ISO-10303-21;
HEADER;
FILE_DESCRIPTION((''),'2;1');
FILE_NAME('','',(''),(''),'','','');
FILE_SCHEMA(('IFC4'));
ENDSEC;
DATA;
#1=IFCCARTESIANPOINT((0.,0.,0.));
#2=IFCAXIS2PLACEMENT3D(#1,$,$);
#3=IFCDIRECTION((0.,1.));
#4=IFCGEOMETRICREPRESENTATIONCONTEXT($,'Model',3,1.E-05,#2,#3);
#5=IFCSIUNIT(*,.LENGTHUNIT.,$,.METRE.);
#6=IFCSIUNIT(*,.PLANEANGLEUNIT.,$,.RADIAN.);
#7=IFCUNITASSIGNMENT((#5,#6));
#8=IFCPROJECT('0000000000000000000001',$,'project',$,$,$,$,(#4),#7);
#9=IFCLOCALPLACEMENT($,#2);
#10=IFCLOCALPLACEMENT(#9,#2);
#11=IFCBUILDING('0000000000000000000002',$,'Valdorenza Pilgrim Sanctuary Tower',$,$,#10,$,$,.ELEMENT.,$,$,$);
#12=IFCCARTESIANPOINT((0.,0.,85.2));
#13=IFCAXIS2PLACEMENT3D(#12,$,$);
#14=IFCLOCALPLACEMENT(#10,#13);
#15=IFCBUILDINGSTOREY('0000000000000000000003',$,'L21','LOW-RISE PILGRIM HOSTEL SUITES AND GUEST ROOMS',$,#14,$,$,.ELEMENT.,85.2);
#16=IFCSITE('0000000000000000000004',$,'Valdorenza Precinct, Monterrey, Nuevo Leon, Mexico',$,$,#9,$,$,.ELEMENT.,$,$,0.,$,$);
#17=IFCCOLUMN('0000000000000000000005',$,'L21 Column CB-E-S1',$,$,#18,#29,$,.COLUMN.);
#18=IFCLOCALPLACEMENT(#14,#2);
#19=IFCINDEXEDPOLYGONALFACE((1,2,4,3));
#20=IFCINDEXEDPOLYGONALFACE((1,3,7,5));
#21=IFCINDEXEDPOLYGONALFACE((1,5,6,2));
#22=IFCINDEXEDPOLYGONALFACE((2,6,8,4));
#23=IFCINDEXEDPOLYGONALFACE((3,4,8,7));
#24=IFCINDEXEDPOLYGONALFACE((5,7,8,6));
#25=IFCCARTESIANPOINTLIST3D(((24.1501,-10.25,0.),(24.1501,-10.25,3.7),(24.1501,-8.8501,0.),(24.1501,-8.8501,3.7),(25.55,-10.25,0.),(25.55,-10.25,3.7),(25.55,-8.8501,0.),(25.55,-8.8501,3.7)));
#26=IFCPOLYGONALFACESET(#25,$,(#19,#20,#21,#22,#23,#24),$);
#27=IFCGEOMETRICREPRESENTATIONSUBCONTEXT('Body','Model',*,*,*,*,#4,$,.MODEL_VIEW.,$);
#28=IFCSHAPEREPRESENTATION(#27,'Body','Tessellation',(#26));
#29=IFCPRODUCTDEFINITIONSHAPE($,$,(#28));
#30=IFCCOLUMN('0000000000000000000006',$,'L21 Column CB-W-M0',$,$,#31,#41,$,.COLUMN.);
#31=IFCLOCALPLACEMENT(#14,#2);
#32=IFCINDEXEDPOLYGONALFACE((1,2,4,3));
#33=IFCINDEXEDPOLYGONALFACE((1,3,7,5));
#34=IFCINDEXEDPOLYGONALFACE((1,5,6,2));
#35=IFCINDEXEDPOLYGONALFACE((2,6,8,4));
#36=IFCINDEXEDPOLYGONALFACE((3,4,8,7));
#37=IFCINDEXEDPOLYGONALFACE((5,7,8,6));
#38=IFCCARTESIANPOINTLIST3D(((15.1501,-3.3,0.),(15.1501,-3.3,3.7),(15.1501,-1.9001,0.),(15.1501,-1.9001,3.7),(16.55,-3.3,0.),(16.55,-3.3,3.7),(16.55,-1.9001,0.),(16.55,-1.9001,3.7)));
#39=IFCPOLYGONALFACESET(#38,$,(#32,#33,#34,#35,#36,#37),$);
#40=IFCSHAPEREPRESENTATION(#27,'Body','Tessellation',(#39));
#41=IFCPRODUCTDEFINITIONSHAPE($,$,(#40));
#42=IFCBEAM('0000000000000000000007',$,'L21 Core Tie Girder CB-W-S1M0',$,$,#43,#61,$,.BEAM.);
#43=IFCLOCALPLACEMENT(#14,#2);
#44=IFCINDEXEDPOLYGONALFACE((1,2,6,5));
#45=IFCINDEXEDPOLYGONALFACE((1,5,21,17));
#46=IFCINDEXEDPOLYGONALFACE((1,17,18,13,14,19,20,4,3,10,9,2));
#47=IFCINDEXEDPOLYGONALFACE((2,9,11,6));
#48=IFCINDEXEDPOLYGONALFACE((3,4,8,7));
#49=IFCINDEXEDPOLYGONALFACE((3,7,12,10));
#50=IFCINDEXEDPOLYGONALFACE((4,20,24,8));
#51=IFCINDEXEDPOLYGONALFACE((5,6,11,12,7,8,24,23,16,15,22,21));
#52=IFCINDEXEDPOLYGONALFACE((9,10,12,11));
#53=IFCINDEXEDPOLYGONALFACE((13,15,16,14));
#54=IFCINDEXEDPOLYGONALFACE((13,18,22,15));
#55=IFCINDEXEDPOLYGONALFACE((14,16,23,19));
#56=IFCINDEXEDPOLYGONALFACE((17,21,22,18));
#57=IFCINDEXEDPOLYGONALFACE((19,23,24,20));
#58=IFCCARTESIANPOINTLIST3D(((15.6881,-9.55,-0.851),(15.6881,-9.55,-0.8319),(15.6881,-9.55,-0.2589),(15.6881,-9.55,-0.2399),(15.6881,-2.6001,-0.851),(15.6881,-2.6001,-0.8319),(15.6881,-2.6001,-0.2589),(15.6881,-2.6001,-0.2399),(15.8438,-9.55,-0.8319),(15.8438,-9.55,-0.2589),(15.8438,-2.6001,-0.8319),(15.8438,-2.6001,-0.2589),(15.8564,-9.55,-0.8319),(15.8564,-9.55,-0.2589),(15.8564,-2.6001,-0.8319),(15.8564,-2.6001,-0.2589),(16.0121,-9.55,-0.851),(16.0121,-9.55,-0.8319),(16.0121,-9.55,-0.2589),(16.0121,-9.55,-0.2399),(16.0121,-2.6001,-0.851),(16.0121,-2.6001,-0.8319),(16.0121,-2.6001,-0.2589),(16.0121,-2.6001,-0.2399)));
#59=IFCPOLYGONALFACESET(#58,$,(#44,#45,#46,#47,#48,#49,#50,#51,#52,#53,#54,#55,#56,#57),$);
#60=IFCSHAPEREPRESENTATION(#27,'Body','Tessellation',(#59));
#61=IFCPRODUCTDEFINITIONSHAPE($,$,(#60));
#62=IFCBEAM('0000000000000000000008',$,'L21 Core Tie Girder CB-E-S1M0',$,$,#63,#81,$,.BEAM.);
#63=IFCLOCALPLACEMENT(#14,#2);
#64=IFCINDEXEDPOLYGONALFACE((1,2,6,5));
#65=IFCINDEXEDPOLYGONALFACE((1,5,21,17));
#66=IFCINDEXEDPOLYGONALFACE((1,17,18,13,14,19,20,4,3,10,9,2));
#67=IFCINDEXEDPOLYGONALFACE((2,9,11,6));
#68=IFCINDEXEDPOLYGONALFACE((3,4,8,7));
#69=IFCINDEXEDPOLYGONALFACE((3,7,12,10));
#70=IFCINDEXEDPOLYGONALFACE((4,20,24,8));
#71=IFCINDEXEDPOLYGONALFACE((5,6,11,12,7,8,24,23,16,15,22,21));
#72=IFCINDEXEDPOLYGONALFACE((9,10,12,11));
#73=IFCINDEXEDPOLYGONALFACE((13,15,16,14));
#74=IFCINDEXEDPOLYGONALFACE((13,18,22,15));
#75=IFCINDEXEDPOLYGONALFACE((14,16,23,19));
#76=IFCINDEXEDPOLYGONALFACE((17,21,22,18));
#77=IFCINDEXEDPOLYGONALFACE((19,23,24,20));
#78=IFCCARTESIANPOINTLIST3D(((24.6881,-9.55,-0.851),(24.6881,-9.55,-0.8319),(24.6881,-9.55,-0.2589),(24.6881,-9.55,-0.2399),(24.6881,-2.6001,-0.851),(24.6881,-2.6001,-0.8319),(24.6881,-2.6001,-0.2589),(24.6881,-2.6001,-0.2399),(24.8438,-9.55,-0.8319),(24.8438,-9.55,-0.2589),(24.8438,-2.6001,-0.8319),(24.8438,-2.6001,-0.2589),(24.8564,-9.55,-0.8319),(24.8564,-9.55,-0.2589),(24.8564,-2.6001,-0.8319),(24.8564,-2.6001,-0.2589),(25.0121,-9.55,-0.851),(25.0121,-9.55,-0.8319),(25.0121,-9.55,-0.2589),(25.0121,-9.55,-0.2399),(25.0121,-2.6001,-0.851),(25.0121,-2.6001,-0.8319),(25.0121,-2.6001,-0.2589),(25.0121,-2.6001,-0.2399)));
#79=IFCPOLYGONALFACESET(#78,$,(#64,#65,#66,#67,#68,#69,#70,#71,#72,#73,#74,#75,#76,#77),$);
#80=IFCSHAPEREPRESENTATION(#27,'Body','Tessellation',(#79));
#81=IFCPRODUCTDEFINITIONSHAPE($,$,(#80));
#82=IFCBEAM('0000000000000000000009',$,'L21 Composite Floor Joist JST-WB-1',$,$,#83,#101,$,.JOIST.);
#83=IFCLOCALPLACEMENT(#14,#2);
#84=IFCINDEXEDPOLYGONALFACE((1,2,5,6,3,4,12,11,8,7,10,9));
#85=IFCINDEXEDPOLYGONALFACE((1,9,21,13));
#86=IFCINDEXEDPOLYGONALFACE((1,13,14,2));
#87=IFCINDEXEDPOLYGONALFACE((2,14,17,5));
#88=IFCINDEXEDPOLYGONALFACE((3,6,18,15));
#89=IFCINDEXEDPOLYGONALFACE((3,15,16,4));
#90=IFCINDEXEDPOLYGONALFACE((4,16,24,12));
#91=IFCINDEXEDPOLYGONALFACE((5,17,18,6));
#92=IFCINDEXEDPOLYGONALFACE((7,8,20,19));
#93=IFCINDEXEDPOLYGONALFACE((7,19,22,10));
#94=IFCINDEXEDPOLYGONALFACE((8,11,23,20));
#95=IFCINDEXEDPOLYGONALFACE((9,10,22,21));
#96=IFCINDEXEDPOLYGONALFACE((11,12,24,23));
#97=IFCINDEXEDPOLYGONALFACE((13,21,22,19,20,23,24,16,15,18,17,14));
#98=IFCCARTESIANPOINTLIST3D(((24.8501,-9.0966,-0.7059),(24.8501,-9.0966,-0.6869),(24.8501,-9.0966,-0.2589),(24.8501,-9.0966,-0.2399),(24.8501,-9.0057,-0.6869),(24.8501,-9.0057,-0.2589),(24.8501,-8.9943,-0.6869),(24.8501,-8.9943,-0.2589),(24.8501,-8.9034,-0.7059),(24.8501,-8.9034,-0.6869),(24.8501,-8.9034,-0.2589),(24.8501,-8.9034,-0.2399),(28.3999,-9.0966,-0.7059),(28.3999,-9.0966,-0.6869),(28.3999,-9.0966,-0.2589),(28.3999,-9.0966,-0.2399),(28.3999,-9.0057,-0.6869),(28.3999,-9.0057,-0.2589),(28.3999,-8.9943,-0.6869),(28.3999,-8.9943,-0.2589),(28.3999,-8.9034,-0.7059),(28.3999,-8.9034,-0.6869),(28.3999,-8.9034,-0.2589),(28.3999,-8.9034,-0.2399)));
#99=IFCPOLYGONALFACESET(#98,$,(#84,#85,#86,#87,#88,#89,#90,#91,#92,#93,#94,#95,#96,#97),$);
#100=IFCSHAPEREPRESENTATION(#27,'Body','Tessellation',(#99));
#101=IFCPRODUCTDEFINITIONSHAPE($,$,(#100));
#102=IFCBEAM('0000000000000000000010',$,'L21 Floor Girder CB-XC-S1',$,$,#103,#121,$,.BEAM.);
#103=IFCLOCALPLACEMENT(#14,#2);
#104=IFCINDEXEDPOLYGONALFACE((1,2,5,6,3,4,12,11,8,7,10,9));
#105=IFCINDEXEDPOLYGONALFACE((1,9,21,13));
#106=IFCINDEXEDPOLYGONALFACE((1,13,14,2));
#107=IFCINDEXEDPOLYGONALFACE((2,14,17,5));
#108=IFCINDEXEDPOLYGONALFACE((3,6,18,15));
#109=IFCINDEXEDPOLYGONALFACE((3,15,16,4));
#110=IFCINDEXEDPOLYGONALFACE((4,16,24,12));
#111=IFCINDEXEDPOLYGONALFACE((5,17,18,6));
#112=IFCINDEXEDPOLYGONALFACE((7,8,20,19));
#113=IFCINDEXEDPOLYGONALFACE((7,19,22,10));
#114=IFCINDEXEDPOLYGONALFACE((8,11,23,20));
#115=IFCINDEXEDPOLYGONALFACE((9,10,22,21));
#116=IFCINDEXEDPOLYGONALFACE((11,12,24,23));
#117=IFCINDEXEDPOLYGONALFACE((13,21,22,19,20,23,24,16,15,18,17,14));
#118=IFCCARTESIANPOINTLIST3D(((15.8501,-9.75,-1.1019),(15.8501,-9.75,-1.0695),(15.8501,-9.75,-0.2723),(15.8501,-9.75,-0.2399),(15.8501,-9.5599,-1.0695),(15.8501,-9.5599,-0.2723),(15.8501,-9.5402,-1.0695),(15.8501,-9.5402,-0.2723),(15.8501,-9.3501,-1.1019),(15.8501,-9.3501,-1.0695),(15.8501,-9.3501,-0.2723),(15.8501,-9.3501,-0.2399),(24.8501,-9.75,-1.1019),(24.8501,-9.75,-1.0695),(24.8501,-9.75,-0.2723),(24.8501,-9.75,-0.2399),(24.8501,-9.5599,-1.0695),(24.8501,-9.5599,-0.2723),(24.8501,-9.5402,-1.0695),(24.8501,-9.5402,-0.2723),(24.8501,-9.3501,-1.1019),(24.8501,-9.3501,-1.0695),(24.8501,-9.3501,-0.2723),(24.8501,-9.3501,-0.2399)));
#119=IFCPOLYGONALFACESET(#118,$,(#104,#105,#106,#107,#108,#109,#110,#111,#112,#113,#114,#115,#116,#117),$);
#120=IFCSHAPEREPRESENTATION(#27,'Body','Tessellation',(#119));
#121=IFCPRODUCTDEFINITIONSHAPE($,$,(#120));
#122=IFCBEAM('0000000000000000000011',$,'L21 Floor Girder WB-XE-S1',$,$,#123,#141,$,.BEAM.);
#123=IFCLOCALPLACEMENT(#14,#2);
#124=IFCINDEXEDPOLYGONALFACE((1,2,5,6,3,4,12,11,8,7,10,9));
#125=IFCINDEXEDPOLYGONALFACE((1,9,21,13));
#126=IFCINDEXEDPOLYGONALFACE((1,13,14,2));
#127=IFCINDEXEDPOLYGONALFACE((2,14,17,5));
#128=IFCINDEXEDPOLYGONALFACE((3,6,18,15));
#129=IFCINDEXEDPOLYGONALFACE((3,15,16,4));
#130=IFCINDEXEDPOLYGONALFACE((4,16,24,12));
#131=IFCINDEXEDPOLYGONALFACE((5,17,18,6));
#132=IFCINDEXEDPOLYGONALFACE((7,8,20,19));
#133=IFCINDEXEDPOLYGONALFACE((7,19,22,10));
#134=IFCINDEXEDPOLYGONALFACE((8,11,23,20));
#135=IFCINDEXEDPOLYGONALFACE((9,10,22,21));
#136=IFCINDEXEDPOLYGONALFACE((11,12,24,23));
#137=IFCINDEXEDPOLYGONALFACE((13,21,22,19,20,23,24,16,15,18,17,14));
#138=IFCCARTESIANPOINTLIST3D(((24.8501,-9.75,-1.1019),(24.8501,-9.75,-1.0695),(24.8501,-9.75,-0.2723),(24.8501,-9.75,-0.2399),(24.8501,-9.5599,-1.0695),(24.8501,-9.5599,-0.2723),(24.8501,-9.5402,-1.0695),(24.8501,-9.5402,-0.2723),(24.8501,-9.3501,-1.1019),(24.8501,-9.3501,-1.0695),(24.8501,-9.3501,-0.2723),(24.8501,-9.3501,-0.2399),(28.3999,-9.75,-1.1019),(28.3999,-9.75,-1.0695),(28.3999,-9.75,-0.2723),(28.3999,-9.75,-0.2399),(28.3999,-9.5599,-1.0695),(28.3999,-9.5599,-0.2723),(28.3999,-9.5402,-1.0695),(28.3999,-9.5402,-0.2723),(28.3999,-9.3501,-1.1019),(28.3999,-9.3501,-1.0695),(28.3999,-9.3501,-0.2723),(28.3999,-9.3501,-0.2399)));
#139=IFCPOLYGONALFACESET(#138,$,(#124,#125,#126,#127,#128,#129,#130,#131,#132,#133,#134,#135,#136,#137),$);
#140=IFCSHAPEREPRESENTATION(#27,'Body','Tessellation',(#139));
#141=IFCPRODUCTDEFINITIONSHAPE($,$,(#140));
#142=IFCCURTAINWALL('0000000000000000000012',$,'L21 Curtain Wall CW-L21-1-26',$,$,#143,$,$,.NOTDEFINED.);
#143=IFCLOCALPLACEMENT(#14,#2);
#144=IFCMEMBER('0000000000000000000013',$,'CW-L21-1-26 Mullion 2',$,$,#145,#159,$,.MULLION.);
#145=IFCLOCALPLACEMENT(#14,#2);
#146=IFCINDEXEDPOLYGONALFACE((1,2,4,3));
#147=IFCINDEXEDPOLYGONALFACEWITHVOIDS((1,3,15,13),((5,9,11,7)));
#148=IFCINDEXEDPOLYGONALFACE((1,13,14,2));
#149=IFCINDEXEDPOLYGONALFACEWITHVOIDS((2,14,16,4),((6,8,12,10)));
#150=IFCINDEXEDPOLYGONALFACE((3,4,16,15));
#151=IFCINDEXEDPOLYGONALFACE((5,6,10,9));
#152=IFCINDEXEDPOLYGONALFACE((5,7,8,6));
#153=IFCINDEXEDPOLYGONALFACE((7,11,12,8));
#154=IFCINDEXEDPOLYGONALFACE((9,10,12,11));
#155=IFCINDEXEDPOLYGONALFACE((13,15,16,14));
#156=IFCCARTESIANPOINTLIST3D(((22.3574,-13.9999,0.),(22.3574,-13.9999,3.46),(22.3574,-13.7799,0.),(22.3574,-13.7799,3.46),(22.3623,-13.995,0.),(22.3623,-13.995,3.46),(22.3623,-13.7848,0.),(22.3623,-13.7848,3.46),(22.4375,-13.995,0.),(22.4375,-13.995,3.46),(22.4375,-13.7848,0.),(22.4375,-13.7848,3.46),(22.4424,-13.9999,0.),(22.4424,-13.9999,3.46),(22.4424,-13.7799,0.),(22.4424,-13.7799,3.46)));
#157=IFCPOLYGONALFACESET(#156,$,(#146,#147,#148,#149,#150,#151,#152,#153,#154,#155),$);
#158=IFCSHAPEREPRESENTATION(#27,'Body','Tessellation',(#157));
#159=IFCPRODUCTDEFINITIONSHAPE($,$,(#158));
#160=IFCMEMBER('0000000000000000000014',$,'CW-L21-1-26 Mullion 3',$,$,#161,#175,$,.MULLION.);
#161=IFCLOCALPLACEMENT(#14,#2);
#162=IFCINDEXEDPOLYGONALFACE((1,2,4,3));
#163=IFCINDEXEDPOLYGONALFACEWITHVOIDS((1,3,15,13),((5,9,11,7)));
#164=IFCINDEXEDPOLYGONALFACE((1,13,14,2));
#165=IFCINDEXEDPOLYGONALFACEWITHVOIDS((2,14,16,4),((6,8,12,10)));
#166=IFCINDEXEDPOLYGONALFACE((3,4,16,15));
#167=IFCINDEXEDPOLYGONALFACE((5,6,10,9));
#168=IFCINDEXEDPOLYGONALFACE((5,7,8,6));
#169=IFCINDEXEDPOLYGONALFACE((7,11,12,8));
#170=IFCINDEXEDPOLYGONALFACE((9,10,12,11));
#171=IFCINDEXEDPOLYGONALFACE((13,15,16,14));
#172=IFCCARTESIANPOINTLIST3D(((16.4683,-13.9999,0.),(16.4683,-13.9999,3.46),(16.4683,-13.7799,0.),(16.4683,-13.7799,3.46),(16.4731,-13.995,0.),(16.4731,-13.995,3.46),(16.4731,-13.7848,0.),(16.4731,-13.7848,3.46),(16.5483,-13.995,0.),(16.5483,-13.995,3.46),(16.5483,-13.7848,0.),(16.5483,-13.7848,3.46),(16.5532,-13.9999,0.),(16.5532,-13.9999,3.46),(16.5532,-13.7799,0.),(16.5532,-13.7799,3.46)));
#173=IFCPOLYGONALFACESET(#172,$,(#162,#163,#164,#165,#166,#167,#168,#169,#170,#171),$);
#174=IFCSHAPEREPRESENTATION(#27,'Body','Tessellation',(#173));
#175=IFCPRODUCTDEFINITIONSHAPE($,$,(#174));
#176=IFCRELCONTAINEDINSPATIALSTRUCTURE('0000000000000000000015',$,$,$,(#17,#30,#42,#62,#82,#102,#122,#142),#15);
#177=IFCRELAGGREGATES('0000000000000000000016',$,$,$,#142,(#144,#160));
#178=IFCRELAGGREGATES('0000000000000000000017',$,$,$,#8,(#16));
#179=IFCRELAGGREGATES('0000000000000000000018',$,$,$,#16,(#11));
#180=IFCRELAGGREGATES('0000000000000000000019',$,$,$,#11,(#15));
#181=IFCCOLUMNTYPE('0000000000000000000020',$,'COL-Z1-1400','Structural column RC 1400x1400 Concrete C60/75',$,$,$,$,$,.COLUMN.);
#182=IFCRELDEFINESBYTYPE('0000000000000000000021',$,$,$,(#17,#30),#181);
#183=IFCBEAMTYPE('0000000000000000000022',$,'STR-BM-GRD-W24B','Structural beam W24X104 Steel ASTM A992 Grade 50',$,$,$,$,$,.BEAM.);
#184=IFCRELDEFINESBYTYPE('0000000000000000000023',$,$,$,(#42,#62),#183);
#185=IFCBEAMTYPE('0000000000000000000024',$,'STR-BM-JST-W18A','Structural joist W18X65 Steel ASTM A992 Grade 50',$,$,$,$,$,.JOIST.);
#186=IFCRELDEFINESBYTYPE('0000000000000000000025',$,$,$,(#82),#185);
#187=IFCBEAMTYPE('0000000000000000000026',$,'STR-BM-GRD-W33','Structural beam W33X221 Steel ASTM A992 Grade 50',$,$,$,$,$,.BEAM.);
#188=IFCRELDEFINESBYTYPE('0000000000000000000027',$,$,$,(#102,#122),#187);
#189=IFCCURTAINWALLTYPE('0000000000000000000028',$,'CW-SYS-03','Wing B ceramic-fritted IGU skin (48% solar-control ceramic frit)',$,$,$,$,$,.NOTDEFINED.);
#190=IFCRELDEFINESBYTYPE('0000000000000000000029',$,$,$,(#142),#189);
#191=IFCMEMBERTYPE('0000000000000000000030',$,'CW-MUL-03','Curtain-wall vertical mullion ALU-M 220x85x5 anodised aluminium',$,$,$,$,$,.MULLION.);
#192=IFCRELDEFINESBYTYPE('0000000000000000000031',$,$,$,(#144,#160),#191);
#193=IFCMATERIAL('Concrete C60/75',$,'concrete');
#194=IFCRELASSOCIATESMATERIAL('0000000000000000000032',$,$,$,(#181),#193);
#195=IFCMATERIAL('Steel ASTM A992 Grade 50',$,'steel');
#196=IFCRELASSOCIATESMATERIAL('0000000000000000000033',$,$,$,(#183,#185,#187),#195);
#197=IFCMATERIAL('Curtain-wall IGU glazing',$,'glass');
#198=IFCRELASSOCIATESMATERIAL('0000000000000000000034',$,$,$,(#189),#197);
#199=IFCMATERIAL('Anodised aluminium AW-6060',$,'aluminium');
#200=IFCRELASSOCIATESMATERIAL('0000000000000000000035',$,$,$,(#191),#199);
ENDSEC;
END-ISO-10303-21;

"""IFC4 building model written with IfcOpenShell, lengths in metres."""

from ifc_helpers import new_model, si_unit, direction, frame, origin, origin_2d, place, context, subcontext, project, spatial, rectangle, hollow_rectangle, i_section, extrude, source, transform, mapped, material, material_profile, profile_set, type_object, element, aggregate, save


model = new_model("IFC4")

# Units and contexts
model_context = context("Model", 3, precision=1e-05, world=origin(), true_north=direction((0.0, 1.0)))
body_context = subcontext(model_context, "Body", "Model", "MODEL_VIEW")
ifc_project = project(units=[si_unit("LENGTHUNIT", "METRE"), si_unit("PLANEANGLEUNIT", "RADIAN")], contexts=[model_context])

# Site, building, storey
site_placement = place(None, origin())
site = spatial("IfcSite", under=ifc_project, at=site_placement, Name="Valdorenza Precinct, Monterrey, Nuevo Leon, Mexico", CompositionType="ELEMENT", RefElevation=0.0)
building_placement = place(site_placement, origin())
building = spatial("IfcBuilding", under=site, at=building_placement, Name="Valdorenza Pilgrim Sanctuary Tower", CompositionType="ELEMENT")
storey_placement = place(building_placement, frame((0.0, 0.0, 85.2)))
storey = spatial("IfcBuildingStorey", under=building, at=storey_placement, Name="L21", Description="LOW-RISE PILGRIM HOSTEL SUITES AND GUEST ROOMS", CompositionType="ELEMENT", Elevation=85.2)

# Columns
ifc_material_1 = material(Name="Concrete C60/75", Category="concrete")
ifc_material_profile_1 = material_profile(ifc_material_1, rectangle(XDim=1.3999, YDim=1.3999, at=origin_2d()), Name="RC 1400x1400")
ifc_profile_set_1 = profile_set([ifc_material_profile_1], Name="Concrete C60/75")
column_type = type_object("IfcColumnType", Name="COL-Z1-1400", Description="Structural column RC 1400x1400 Concrete C60/75", PredefinedType="COLUMN", material=ifc_profile_set_1)
shared_shape_1 = source(origin(), body_context, "Body", "SweptSolid", [
    extrude(rectangle(XDim=1.3999, YDim=1.3999, at=origin_2d()), origin(), (0.0, 0.0, 1.0), 3.7),
])
for number, where, z_axis, x_axis, name in (
    (1, (24.8501, -9.55, 0.0), (0.0, 0.0, 1.0), (1.0, 0.0, 0.0), "L21 Column CB-E-S1"),
    (2, (15.8501, -2.6001, 0.0), (0.0, 0.0, 1.0), (1.0, 0.0, 0.0), "L21 Column CB-W-M0"),
):
    element("IfcColumn", number, at=place(storey_placement, frame(where, z_axis=z_axis, x_axis=x_axis)), inside=storey, type_object=column_type, Name=name, PredefinedType="COLUMN", context=body_context, shape_type="MappedRepresentation", body=[
        mapped(shared_shape_1, transform((0.0, 0.0, 0.0), x_axis=(1.0, 0.0, 0.0), y_axis=(0.0, 1.0, 0.0), z_axis=(0.0, 0.0, 1.0), scale=1.0)),
    ])

# Beams
ifc_material_2 = material(Name="Steel ASTM A992 Grade 50", Category="steel")
ifc_material_profile_2 = material_profile(ifc_material_2, i_section(OverallWidth=0.324, OverallDepth=0.6111, WebThickness=0.0127, FlangeThickness=0.019, at=origin_2d()), Name="W24X104")
ifc_profile_set_2 = profile_set([ifc_material_profile_2], Name="Steel ASTM A992 Grade 50")
beam_type_1 = type_object("IfcBeamType", Name="STR-BM-GRD-W24B", Description="Structural beam W24X104 Steel ASTM A992 Grade 50", PredefinedType="BEAM", material=ifc_profile_set_2)
shared_shape_2 = source(origin(), body_context, "Body", "SweptSolid", [
    extrude(i_section(OverallWidth=0.324, OverallDepth=0.6111, WebThickness=0.0127, FlangeThickness=0.019, at=origin_2d()), origin(), (0.0, 0.0, 1.0), 6.95),
])
for number, where, z_axis, x_axis, name in (
    (3, (15.8501, -9.55, -0.5454), (0.0, 1.0, 0.0), (-1.0, 0.0, 0.0), "L21 Core Tie Girder CB-W-S1M0"),
    (4, (24.8501, -9.55, -0.5454), (0.0, 1.0, 0.0), (-1.0, 0.0, 0.0), "L21 Core Tie Girder CB-E-S1M0"),
):
    element("IfcBeam", number, at=place(storey_placement, frame(where, z_axis=z_axis, x_axis=x_axis)), inside=storey, type_object=beam_type_1, Name=name, PredefinedType="BEAM", context=body_context, shape_type="MappedRepresentation", body=[
        mapped(shared_shape_2, transform((0.0, 0.0, 0.0), x_axis=(1.0, 0.0, 0.0), y_axis=(0.0, 1.0, 0.0), z_axis=(0.0, 0.0, 1.0), scale=1.0)),
    ])
ifc_material_profile_3 = material_profile(ifc_material_2, i_section(OverallWidth=0.1931, OverallDepth=0.4661, WebThickness=0.0115, FlangeThickness=0.019, at=origin_2d()), Name="W18X65")
ifc_profile_set_3 = profile_set([ifc_material_profile_3], Name="Steel ASTM A992 Grade 50")
beam_type_2 = type_object("IfcBeamType", Name="STR-BM-JST-W18A", Description="Structural joist W18X65 Steel ASTM A992 Grade 50", PredefinedType="JOIST", material=ifc_profile_set_3)
shared_shape_3 = source(origin(), body_context, "Body", "SweptSolid", [
    extrude(i_section(OverallWidth=0.1931, OverallDepth=0.4661, WebThickness=0.0115, FlangeThickness=0.019, at=origin_2d()), origin(), (0.0, 0.0, 1.0), 3.5498),
])
beam_1_placement = place(storey_placement, frame((24.8501, -9.0, -0.4729), z_axis=(1.0, 0.0, 0.0), x_axis=(0.0, 1.0, 0.0)))
element("IfcBeam", 5, at=beam_1_placement, inside=storey, type_object=beam_type_2, Name="L21 Composite Floor Joist JST-WB-1", PredefinedType="JOIST", context=body_context, shape_type="MappedRepresentation", body=[
    mapped(shared_shape_3, transform((0.0, 0.0, 0.0), x_axis=(1.0, 0.0, 0.0), y_axis=(0.0, 1.0, 0.0), z_axis=(0.0, 0.0, 1.0), scale=1.0)),
])
ifc_material_profile_4 = material_profile(ifc_material_2, i_section(OverallWidth=0.3999, OverallDepth=0.8621, WebThickness=0.0198, FlangeThickness=0.0325, at=origin_2d()), Name="W33X221")
ifc_profile_set_4 = profile_set([ifc_material_profile_4], Name="Steel ASTM A992 Grade 50")
beam_type_3 = type_object("IfcBeamType", Name="STR-BM-GRD-W33", Description="Structural beam W33X221 Steel ASTM A992 Grade 50", PredefinedType="BEAM", material=ifc_profile_set_4)
shared_shape_4 = source(origin(), body_context, "Body", "SweptSolid", [
    extrude(i_section(OverallWidth=0.3999, OverallDepth=0.8621, WebThickness=0.0198, FlangeThickness=0.0325, at=origin_2d()), origin(), (0.0, 0.0, 1.0), 9.0),
])
beam_2_placement = place(storey_placement, frame((15.8501, -9.55, -0.6709), z_axis=(1.0, 0.0, 0.0), x_axis=(0.0, 1.0, 0.0)))
element("IfcBeam", 6, at=beam_2_placement, inside=storey, type_object=beam_type_3, Name="L21 Floor Girder CB-XC-S1", PredefinedType="BEAM", context=body_context, shape_type="MappedRepresentation", body=[
    mapped(shared_shape_4, transform((0.0, 0.0, 0.0), x_axis=(1.0, 0.0, 0.0), y_axis=(0.0, 1.0, 0.0), z_axis=(0.0, 0.0, 1.0), scale=1.0)),
])
shared_shape_5 = source(origin(), body_context, "Body", "SweptSolid", [
    extrude(i_section(OverallWidth=0.3999, OverallDepth=0.8621, WebThickness=0.0198, FlangeThickness=0.0325, at=origin_2d()), origin(), (0.0, 0.0, 1.0), 3.5498),
])
beam_3_placement = place(storey_placement, frame((24.8501, -9.55, -0.6709), z_axis=(1.0, 0.0, 0.0), x_axis=(0.0, 1.0, 0.0)))
element("IfcBeam", 7, at=beam_3_placement, inside=storey, type_object=beam_type_3, Name="L21 Floor Girder WB-XE-S1", PredefinedType="BEAM", context=body_context, shape_type="MappedRepresentation", body=[
    mapped(shared_shape_5, transform((0.0, 0.0, 0.0), x_axis=(1.0, 0.0, 0.0), y_axis=(0.0, 1.0, 0.0), z_axis=(0.0, 0.0, 1.0), scale=1.0)),
])

# Curtain wall, members
ifc_material_3 = material(Name="Curtain-wall IGU glazing", Category="glass")
curtain_wall_type = type_object("IfcCurtainWallType", Name="CW-SYS-03", Description="Wing B ceramic-fritted IGU skin (48% solar-control ceramic frit)", PredefinedType="NOTDEFINED", material=ifc_material_3)
curtain_wall_placement = place(storey_placement, origin())
curtain_wall = element("IfcCurtainWall", 8, at=curtain_wall_placement, inside=storey, type_object=curtain_wall_type, Name="L21 Curtain Wall CW-L21-1-26", PredefinedType="NOTDEFINED")
ifc_material_4 = material(Name="Anodised aluminium AW-6060", Category="aluminium")
ifc_material_profile_5 = material_profile(ifc_material_4, hollow_rectangle(XDim=0.085, YDim=0.22, WallThickness=0.0049, at=origin_2d()), Name="ALU-M 220x85x5")
ifc_profile_set_5 = profile_set([ifc_material_profile_5], Name="Anodised aluminium AW-6060")
member_type = type_object("IfcMemberType", Name="CW-MUL-03", Description="Curtain-wall vertical mullion ALU-M 220x85x5 anodised aluminium", PredefinedType="MULLION", material=ifc_profile_set_5)
shared_shape_6 = source(origin(), body_context, "Body", "SweptSolid", [
    extrude(hollow_rectangle(XDim=0.085, YDim=0.22, WallThickness=0.0049, at=origin_2d()), origin(), (0.0, 0.0, 1.0), 3.46),
])
member_1_placement = place(storey_placement, frame((22.3999, -13.8899, 0.0), z_axis=(0.0, 0.0, 1.0), x_axis=(-1.0, 0.0, 0.0)))
member_1 = element("IfcMember", 9, at=member_1_placement, type_object=member_type, Name="CW-L21-1-26 Mullion 2", PredefinedType="MULLION", context=body_context, shape_type="MappedRepresentation", body=[
    mapped(shared_shape_6, transform((0.0, 0.0, 0.0), x_axis=(1.0, 0.0, 0.0), y_axis=(0.0, 1.0, 0.0), z_axis=(0.0, 0.0, 1.0), scale=1.0)),
])
member_2_placement = place(storey_placement, frame((16.5107, -13.8899, 0.0), z_axis=(0.0, 0.0, 1.0), x_axis=(-1.0, 0.0, 0.0)))
member_2 = element("IfcMember", 10, at=member_2_placement, type_object=member_type, Name="CW-L21-1-26 Mullion 3", PredefinedType="MULLION", context=body_context, shape_type="MappedRepresentation", body=[
    mapped(shared_shape_6, transform((0.0, 0.0, 0.0), x_axis=(1.0, 0.0, 0.0), y_axis=(0.0, 1.0, 0.0), z_axis=(0.0, 0.0, 1.0), scale=1.0)),
])
aggregate(curtain_wall, [member_1, member_2])

save(model, "model.ifc")
